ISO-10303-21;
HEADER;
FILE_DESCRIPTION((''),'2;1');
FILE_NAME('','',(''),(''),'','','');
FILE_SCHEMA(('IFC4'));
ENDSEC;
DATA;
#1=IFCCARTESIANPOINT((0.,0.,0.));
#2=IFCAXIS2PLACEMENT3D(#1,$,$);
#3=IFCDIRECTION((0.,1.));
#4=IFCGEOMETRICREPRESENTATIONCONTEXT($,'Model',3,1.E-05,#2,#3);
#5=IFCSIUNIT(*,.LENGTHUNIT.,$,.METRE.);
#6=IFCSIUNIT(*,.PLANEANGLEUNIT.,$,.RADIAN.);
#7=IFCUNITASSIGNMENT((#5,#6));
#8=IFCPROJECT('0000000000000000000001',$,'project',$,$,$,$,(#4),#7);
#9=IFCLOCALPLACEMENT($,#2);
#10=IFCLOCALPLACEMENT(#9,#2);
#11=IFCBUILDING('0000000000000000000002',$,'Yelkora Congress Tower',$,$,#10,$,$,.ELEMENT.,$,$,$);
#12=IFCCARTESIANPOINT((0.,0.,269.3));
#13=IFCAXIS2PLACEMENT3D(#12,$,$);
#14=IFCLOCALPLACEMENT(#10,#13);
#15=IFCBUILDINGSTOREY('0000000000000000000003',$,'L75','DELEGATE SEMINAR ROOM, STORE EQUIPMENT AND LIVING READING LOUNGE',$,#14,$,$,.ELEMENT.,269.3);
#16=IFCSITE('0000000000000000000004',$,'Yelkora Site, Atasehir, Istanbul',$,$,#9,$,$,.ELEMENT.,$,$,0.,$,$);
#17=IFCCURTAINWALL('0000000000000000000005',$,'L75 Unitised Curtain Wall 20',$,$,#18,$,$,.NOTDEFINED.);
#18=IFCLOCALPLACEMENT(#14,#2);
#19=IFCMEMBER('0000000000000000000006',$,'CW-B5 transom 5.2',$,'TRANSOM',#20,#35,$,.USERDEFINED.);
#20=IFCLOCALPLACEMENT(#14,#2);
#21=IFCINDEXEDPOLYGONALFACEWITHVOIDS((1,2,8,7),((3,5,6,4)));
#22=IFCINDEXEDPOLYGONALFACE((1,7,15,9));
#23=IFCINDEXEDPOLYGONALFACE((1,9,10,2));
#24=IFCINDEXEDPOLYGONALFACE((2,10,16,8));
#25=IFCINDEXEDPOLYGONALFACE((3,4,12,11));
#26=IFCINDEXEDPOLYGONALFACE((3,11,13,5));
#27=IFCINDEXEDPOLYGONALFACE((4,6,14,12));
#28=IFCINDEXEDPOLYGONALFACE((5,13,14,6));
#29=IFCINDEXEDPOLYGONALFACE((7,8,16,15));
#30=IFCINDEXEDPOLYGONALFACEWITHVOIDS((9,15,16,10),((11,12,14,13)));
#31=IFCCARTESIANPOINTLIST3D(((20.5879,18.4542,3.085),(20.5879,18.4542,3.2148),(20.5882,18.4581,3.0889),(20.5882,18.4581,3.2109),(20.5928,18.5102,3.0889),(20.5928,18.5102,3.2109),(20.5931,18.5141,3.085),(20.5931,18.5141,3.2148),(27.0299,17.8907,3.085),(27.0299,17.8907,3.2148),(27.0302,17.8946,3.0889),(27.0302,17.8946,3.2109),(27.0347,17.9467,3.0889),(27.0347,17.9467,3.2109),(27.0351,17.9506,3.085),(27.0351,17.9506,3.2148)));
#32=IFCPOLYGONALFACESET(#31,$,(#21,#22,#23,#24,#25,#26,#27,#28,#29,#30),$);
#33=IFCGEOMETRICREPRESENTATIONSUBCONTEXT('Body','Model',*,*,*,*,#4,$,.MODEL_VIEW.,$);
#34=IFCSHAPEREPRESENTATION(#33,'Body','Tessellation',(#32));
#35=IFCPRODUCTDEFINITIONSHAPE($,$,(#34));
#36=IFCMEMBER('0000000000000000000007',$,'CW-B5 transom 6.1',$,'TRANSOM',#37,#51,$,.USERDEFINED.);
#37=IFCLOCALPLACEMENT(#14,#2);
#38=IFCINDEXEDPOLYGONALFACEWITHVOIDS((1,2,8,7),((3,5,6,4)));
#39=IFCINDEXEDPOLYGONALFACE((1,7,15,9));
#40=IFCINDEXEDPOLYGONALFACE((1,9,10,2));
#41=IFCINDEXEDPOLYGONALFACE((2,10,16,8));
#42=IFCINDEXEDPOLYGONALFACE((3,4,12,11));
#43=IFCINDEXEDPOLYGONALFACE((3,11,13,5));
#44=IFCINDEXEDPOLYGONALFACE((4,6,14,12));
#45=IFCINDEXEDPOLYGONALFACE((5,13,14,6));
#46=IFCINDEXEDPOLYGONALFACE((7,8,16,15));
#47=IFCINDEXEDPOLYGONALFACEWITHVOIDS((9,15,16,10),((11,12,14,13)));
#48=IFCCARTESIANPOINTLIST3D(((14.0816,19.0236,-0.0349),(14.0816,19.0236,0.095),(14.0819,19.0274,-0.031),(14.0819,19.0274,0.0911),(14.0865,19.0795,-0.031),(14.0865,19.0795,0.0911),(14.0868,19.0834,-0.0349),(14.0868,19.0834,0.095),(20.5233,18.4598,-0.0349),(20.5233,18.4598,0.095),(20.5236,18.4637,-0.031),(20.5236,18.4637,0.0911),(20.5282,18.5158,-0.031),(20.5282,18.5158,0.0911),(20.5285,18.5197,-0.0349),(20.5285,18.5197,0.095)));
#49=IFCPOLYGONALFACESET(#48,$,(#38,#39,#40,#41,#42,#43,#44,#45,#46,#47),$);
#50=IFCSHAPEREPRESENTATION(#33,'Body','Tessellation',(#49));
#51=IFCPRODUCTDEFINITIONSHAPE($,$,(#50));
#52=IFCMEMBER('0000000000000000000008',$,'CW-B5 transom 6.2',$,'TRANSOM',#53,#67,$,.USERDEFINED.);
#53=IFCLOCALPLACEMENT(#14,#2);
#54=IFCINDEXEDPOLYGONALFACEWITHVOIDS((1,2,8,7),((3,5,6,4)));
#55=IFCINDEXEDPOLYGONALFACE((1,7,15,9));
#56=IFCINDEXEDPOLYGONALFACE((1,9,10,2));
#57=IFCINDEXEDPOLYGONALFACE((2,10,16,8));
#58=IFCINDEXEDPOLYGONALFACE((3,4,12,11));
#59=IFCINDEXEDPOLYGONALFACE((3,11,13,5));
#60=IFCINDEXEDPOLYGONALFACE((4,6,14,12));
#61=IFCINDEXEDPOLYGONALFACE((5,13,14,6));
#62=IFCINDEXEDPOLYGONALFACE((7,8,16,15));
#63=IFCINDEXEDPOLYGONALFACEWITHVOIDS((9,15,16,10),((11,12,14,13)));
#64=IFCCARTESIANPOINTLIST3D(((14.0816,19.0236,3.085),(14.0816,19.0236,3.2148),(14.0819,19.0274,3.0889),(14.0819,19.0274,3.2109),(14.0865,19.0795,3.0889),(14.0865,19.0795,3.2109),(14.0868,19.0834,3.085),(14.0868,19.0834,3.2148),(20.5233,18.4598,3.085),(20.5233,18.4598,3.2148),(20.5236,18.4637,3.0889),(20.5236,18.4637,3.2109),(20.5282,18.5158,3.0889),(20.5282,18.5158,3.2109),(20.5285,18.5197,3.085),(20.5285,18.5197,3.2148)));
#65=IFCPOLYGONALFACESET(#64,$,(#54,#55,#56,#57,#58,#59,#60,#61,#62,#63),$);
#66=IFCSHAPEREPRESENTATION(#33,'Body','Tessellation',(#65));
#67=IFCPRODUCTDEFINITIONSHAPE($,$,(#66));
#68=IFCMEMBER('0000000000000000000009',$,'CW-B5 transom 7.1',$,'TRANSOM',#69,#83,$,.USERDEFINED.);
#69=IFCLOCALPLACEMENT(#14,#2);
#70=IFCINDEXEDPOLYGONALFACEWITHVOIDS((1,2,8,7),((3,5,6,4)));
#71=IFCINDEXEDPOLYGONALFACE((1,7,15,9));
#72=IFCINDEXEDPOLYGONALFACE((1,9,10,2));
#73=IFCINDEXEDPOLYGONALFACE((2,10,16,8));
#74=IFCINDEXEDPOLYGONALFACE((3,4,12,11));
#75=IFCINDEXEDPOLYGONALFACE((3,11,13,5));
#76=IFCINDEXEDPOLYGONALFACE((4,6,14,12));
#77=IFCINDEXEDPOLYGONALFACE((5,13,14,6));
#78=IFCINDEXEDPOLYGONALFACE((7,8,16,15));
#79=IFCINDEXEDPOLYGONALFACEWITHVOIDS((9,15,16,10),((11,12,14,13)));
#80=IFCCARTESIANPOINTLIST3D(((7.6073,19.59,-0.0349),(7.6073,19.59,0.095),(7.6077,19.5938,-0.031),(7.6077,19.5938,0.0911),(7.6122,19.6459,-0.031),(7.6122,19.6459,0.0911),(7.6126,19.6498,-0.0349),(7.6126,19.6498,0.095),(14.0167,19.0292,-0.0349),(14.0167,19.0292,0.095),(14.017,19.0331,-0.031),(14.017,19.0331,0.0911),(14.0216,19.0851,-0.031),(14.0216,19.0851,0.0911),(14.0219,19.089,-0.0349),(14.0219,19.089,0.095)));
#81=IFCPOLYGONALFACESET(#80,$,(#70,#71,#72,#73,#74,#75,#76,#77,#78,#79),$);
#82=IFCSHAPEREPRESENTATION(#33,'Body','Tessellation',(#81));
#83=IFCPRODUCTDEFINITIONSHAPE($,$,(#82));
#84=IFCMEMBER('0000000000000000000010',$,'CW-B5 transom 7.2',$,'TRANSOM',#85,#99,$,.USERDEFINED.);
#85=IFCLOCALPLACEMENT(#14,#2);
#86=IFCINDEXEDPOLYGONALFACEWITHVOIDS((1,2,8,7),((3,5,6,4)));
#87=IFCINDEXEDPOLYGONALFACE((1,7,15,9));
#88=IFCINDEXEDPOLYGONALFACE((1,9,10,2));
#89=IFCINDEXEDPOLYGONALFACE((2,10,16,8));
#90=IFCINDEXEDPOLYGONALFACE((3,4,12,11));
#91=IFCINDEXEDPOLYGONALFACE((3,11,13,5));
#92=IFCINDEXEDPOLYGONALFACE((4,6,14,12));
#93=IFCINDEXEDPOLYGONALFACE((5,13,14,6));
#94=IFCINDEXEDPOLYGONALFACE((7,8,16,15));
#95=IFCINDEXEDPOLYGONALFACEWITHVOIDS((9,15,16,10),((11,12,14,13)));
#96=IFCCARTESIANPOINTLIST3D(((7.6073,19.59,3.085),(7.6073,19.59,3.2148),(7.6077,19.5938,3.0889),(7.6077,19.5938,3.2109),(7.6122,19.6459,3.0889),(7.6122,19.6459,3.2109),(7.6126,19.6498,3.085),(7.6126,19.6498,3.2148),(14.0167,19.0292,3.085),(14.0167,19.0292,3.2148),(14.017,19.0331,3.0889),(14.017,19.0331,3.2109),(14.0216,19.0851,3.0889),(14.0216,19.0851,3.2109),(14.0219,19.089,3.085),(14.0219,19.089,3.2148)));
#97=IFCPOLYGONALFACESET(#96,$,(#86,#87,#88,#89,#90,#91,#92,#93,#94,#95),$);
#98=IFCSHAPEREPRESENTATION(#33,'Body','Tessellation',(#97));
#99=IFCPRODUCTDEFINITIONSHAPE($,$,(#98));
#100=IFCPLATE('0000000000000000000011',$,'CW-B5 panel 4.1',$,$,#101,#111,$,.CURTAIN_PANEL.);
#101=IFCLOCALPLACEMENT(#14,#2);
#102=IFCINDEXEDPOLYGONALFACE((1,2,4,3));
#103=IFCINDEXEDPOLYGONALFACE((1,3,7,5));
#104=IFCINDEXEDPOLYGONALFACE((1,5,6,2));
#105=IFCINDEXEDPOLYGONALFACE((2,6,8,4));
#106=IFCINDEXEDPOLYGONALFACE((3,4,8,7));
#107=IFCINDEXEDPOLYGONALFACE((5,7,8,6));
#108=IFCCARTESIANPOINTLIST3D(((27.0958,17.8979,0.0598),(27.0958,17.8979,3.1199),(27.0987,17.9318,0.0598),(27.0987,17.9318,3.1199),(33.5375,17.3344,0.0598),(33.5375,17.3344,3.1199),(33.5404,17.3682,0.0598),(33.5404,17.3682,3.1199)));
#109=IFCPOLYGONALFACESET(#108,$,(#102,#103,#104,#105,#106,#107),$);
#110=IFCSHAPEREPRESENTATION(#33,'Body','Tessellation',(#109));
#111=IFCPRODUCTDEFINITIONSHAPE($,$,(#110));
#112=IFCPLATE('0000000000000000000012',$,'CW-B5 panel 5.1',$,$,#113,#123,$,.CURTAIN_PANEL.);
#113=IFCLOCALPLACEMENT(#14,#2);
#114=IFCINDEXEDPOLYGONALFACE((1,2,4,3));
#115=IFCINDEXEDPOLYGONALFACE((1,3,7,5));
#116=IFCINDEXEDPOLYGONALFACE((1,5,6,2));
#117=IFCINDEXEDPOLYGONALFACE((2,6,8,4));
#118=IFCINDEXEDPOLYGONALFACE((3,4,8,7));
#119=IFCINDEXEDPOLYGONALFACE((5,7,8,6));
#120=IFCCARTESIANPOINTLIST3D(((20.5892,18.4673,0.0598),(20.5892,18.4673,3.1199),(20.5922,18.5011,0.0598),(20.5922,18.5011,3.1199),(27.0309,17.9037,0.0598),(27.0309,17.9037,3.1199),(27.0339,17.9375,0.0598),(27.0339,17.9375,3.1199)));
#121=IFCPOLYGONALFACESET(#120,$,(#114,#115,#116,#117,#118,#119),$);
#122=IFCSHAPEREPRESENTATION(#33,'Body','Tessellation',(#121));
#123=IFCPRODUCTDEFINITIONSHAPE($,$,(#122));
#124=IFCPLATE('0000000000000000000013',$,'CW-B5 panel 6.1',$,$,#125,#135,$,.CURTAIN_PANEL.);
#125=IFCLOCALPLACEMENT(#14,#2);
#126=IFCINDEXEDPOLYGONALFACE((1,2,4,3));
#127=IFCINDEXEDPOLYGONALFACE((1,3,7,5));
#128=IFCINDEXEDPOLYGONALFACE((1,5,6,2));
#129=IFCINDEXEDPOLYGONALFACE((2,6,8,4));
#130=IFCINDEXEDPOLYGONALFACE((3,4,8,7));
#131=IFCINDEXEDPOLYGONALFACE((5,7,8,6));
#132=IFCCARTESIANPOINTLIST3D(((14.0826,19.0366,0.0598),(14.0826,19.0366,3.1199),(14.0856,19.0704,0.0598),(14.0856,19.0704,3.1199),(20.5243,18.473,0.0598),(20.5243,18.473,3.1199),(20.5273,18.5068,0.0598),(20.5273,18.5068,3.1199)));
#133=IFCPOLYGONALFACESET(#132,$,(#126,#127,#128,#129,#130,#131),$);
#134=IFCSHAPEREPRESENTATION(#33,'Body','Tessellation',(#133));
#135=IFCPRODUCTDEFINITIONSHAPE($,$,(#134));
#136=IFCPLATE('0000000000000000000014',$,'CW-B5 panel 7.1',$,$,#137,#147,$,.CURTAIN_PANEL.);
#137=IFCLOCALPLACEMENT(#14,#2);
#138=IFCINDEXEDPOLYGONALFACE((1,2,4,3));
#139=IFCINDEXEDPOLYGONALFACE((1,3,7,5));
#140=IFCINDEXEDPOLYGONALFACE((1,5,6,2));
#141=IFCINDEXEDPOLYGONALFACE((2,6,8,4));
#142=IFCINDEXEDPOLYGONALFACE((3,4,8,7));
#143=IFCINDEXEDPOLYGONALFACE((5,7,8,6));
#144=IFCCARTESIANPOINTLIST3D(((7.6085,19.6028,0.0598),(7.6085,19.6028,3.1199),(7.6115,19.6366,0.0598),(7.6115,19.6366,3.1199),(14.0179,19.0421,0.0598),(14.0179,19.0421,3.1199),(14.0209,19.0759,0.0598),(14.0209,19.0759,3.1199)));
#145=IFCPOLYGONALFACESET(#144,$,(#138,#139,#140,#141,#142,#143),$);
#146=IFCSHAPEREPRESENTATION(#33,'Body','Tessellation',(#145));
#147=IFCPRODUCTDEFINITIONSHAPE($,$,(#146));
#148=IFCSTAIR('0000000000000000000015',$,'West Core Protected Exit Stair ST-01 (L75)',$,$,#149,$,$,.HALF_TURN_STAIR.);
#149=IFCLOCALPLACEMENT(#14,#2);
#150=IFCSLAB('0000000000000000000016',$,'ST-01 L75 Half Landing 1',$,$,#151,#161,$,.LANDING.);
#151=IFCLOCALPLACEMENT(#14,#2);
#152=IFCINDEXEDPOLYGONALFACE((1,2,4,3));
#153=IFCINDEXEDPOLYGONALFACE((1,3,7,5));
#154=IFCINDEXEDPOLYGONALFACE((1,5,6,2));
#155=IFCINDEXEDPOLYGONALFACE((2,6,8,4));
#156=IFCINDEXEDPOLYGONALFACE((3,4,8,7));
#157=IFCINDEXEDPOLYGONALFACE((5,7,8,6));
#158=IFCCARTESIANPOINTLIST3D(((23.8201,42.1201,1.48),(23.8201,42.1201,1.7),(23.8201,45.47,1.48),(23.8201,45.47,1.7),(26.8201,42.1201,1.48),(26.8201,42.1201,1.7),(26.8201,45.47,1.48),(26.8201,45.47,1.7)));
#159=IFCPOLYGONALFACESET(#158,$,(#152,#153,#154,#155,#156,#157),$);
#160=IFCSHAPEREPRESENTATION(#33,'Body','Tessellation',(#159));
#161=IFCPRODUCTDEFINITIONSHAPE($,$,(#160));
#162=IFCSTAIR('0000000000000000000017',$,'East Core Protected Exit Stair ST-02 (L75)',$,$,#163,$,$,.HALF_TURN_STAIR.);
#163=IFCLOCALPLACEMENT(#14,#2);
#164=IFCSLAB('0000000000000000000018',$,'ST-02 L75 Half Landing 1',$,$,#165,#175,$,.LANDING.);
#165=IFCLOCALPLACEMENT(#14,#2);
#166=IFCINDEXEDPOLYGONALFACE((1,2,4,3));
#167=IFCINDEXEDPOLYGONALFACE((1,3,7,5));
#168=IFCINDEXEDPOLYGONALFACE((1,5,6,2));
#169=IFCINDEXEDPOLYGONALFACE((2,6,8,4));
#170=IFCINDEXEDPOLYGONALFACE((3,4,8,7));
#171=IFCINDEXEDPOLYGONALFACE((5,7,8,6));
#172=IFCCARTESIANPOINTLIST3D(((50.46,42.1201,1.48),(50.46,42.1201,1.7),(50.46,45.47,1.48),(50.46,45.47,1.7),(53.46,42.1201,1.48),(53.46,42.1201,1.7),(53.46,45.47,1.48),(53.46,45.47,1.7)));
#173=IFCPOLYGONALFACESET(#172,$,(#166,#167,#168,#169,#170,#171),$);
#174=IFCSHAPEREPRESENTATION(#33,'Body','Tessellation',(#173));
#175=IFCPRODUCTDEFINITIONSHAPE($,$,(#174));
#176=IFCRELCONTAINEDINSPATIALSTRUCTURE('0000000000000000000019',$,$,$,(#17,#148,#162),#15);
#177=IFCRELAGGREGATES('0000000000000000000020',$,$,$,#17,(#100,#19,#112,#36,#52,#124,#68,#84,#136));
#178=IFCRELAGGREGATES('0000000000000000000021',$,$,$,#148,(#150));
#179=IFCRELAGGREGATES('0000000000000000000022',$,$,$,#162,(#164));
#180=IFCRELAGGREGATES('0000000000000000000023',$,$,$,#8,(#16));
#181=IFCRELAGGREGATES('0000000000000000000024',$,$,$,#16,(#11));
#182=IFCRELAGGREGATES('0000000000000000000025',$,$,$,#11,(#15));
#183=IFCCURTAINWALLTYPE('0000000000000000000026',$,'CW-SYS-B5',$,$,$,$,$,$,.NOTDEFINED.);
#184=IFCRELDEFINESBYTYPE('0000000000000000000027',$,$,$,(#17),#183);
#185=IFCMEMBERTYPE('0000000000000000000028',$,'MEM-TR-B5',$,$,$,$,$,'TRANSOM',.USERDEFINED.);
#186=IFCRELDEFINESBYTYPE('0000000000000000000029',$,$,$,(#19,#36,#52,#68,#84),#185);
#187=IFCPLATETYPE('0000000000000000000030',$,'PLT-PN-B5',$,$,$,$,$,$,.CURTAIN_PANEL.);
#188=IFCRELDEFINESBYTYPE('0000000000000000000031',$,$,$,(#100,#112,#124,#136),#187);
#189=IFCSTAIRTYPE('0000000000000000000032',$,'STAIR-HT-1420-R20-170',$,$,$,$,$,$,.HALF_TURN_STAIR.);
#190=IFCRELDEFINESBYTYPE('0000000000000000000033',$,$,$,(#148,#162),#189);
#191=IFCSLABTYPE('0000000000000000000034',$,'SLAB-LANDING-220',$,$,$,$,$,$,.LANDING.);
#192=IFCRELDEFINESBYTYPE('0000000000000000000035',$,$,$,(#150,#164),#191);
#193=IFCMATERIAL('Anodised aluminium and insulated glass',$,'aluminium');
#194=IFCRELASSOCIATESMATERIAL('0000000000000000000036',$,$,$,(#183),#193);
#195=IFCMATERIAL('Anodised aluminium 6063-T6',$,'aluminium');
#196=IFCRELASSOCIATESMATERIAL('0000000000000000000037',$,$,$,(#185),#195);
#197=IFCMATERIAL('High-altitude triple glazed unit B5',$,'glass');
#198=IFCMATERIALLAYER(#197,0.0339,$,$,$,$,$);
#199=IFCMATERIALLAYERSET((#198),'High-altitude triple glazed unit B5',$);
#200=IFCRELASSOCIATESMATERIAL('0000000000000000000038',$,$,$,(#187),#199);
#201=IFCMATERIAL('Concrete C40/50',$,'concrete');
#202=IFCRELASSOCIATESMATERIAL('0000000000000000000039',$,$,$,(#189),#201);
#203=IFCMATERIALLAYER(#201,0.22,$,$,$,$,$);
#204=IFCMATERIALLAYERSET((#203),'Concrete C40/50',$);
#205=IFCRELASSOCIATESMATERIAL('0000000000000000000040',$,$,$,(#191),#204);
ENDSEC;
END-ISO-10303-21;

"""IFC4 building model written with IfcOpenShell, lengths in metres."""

from ifc_helpers import new_model, si_unit, direction, frame, origin, origin_2d, place, context, subcontext, project, spatial, polyline, rectangle, hollow_rectangle, outline, extrude, material, layer, layer_set, material_profile, profile_set, type_object, element, aggregate, save


model = new_model("IFC4")

# Units and contexts
model_context = context("Model", 3, precision=1e-05, world=origin(), true_north=direction((0.0, 1.0)))
body_context = subcontext(model_context, "Body", "Model", "MODEL_VIEW")
ifc_project = project(units=[si_unit("LENGTHUNIT", "METRE"), si_unit("PLANEANGLEUNIT", "RADIAN")], contexts=[model_context])

# Site, building, storey
site_placement = place(None, origin())
site = spatial("IfcSite", under=ifc_project, at=site_placement, Name="Yelkora Site, Atasehir, Istanbul", CompositionType="ELEMENT", RefElevation=0.0)
building_placement = place(site_placement, origin())
building = spatial("IfcBuilding", under=site, at=building_placement, Name="Yelkora Congress Tower", CompositionType="ELEMENT")
storey_placement = place(building_placement, frame((0.0, 0.0, 269.3)))
storey = spatial("IfcBuildingStorey", under=building, at=storey_placement, Name="L75", Description="DELEGATE SEMINAR ROOM, STORE EQUIPMENT AND LIVING READING LOUNGE", CompositionType="ELEMENT", Elevation=269.3)

# Curtain wall, members, plates
ifc_material_1 = material(Name="Anodised aluminium and insulated glass", Category="aluminium")
curtain_wall_type = type_object("IfcCurtainWallType", Name="CW-SYS-B5", PredefinedType="NOTDEFINED", material=ifc_material_1)
curtain_wall_placement = place(storey_placement, origin())
curtain_wall = element("IfcCurtainWall", 1, at=curtain_wall_placement, inside=storey, type_object=curtain_wall_type, Name="L75 Unitised Curtain Wall 20", PredefinedType="NOTDEFINED")
ifc_material_2 = material(Name="Anodised aluminium 6063-T6", Category="aluminium")
ifc_material_profile_1 = material_profile(ifc_material_2, hollow_rectangle(XDim=0.0601, YDim=0.1299, WallThickness=0.0039, at=origin_2d()), Name="ALU 60x130x4")
ifc_profile_set_1 = profile_set([ifc_material_profile_1], Name="Anodised aluminium 6063-T6")
member_type_1 = type_object("IfcMemberType", Name="MEM-TR-B5", ElementType="TRANSOM", PredefinedType="USERDEFINED", material=ifc_profile_set_1)
member_1_placement = place(storey_placement, frame((27.0325, 17.9207, 3.1499), z_axis=(-0.996196, 0.087138, 0.0), x_axis=(-0.087138, -0.996196, 0.0)))
member_1 = element("IfcMember", 2, at=member_1_placement, type_object=member_type_1, Name="CW-B5 transom 5.2", ObjectType="TRANSOM", PredefinedType="USERDEFINED", context=body_context, shape_type="SweptSolid", body=[
    extrude(hollow_rectangle(XDim=0.0601, YDim=0.1299, WallThickness=0.0039, at=origin_2d()), origin(), (0.0, 0.0, 1.0), 6.4666),
])
member_2_placement = place(storey_placement, frame((20.5259, 18.4897, 0.03), z_axis=(-0.996193, 0.087179, 0.0), x_axis=(-0.087179, -0.996193, 0.0)))
member_2 = element("IfcMember", 3, at=member_2_placement, type_object=member_type_1, Name="CW-B5 transom 6.1", ObjectType="TRANSOM", PredefinedType="USERDEFINED", context=body_context, shape_type="SweptSolid", body=[
    extrude(hollow_rectangle(XDim=0.0601, YDim=0.1299, WallThickness=0.0039, at=origin_2d()), origin(), (0.0, 0.0, 1.0), 6.4663),
])
member_3_placement = place(storey_placement, frame((20.5259, 18.4897, 3.1499), z_axis=(-0.996193, 0.087179, 0.0), x_axis=(-0.087179, -0.996193, 0.0)))
member_3 = element("IfcMember", 4, at=member_3_placement, type_object=member_type_1, Name="CW-B5 transom 6.2", ObjectType="TRANSOM", PredefinedType="USERDEFINED", context=body_context, shape_type="SweptSolid", body=[
    extrude(hollow_rectangle(XDim=0.0601, YDim=0.1299, WallThickness=0.0039, at=origin_2d()), origin(), (0.0, 0.0, 1.0), 6.4663),
])
member_4_placement = place(storey_placement, frame((14.0193, 19.0591, 0.03), z_axis=(-0.996194, 0.087162, 0.0), x_axis=(-0.087162, -0.996194, 0.0)))
member_4 = element("IfcMember", 5, at=member_4_placement, type_object=member_type_1, Name="CW-B5 transom 7.1", ObjectType="TRANSOM", PredefinedType="USERDEFINED", context=body_context, shape_type="SweptSolid", body=[
    extrude(hollow_rectangle(XDim=0.0601, YDim=0.1299, WallThickness=0.0039, at=origin_2d()), origin(), (0.0, 0.0, 1.0), 6.4338),
])
member_5_placement = place(storey_placement, frame((14.0193, 19.0591, 3.1499), z_axis=(-0.996194, 0.087162, 0.0), x_axis=(-0.087162, -0.996194, 0.0)))
member_5 = element("IfcMember", 6, at=member_5_placement, type_object=member_type_1, Name="CW-B5 transom 7.2", ObjectType="TRANSOM", PredefinedType="USERDEFINED", context=body_context, shape_type="SweptSolid", body=[
    extrude(hollow_rectangle(XDim=0.0601, YDim=0.1299, WallThickness=0.0039, at=origin_2d()), origin(), (0.0, 0.0, 1.0), 6.4338),
])
ifc_material_3 = material(Name="High-altitude triple glazed unit B5", Category="glass")
ifc_layer_1 = layer(ifc_material_3, 0.0339)
ifc_layer_set_1 = layer_set([ifc_layer_1], Name="High-altitude triple glazed unit B5")
plate_type = type_object("IfcPlateType", Name="PLT-PN-B5", PredefinedType="CURTAIN_PANEL", material=ifc_layer_set_1)
plate_1_placement = place(storey_placement, frame((30.3181, 17.6331, 0.0598), z_axis=(0.0, 0.0, 1.0), x_axis=(-0.996195, 0.087157, 0.0)))
plate_1 = element("IfcPlate", 7, at=plate_1_placement, type_object=plate_type, Name="CW-B5 panel 4.1", PredefinedType="CURTAIN_PANEL", context=body_context, shape_type="SweptSolid", body=[
    extrude(rectangle(XDim=6.4663, YDim=0.0339, at=origin_2d()), origin(), (0.0, 0.0, 1.0), 3.0601),
])
plate_2_placement = place(storey_placement, frame((23.8115, 18.2024, 0.0598), z_axis=(0.0, 0.0, 1.0), x_axis=(-0.996195, 0.087157, 0.0)))
plate_2 = element("IfcPlate", 8, at=plate_2_placement, type_object=plate_type, Name="CW-B5 panel 5.1", PredefinedType="CURTAIN_PANEL", context=body_context, shape_type="SweptSolid", body=[
    extrude(rectangle(XDim=6.4663, YDim=0.0339, at=origin_2d()), origin(), (0.0, 0.0, 1.0), 3.0601),
])
plate_3_placement = place(storey_placement, frame((17.3049, 18.7717, 0.0598), z_axis=(0.0, 0.0, 1.0), x_axis=(-0.996195, 0.087157, 0.0)))
plate_3 = element("IfcPlate", 9, at=plate_3_placement, type_object=plate_type, Name="CW-B5 panel 6.1", PredefinedType="CURTAIN_PANEL", context=body_context, shape_type="SweptSolid", body=[
    extrude(rectangle(XDim=6.4663, YDim=0.0339, at=origin_2d()), origin(), (0.0, 0.0, 1.0), 3.0601),
])
plate_4_placement = place(storey_placement, frame((10.8147, 19.3394, 0.0598), z_axis=(0.0, 0.0, 1.0), x_axis=(-0.996195, 0.087157, 0.0)))
plate_4 = element("IfcPlate", 10, at=plate_4_placement, type_object=plate_type, Name="CW-B5 panel 7.1", PredefinedType="CURTAIN_PANEL", context=body_context, shape_type="SweptSolid", body=[
    extrude(rectangle(XDim=6.4338, YDim=0.0339, at=origin_2d()), origin(), (0.0, 0.0, 1.0), 3.0601),
])
aggregate(curtain_wall, [plate_1, member_1, plate_2, member_2, member_3, plate_3, member_4, member_5, plate_4])

# Stairs, slabs
ifc_material_4 = material(Name="Concrete C40/50", Category="concrete")
stair_type = type_object("IfcStairType", Name="STAIR-HT-1420-R20-170", PredefinedType="HALF_TURN_STAIR", material=ifc_material_4)
stair_1_placement = place(storey_placement, origin())
stair_1 = element("IfcStair", 11, at=stair_1_placement, inside=storey, type_object=stair_type, Name="West Core Protected Exit Stair ST-01 (L75)", PredefinedType="HALF_TURN_STAIR")
ifc_layer_2 = layer(ifc_material_4, 0.22)
ifc_layer_set_2 = layer_set([ifc_layer_2], Name="Concrete C40/50")
slab_type_1 = type_object("IfcSlabType", Name="SLAB-LANDING-220", PredefinedType="LANDING", material=ifc_layer_set_2)
slab_1_placement = place(storey_placement, frame((0.0, 0.0, 1.48)))
slab_1 = element("IfcSlab", 12, at=slab_1_placement, type_object=slab_type_1, Name="ST-01 L75 Half Landing 1", PredefinedType="LANDING", context=body_context, shape_type="SweptSolid", body=[
    extrude(outline(polyline([(26.8201, 42.1201), (26.8201, 45.47), (23.8201, 45.47), (23.8201, 42.1201), (26.8201, 42.1201)])), origin(), (0.0, 0.0, 1.0), 0.22),
])
aggregate(stair_1, [slab_1])
stair_2_placement = place(storey_placement, origin())
stair_2 = element("IfcStair", 13, at=stair_2_placement, inside=storey, type_object=stair_type, Name="East Core Protected Exit Stair ST-02 (L75)", PredefinedType="HALF_TURN_STAIR")
slab_2_placement = place(storey_placement, frame((0.0, 0.0, 1.48)))
slab_2 = element("IfcSlab", 14, at=slab_2_placement, type_object=slab_type_1, Name="ST-02 L75 Half Landing 1", PredefinedType="LANDING", context=body_context, shape_type="SweptSolid", body=[
    extrude(outline(polyline([(53.46, 42.1201), (53.46, 45.47), (50.46, 45.47), (50.46, 42.1201), (53.46, 42.1201)])), origin(), (0.0, 0.0, 1.0), 0.22),
])
aggregate(stair_2, [slab_2])

save(model, "model.ifc")
